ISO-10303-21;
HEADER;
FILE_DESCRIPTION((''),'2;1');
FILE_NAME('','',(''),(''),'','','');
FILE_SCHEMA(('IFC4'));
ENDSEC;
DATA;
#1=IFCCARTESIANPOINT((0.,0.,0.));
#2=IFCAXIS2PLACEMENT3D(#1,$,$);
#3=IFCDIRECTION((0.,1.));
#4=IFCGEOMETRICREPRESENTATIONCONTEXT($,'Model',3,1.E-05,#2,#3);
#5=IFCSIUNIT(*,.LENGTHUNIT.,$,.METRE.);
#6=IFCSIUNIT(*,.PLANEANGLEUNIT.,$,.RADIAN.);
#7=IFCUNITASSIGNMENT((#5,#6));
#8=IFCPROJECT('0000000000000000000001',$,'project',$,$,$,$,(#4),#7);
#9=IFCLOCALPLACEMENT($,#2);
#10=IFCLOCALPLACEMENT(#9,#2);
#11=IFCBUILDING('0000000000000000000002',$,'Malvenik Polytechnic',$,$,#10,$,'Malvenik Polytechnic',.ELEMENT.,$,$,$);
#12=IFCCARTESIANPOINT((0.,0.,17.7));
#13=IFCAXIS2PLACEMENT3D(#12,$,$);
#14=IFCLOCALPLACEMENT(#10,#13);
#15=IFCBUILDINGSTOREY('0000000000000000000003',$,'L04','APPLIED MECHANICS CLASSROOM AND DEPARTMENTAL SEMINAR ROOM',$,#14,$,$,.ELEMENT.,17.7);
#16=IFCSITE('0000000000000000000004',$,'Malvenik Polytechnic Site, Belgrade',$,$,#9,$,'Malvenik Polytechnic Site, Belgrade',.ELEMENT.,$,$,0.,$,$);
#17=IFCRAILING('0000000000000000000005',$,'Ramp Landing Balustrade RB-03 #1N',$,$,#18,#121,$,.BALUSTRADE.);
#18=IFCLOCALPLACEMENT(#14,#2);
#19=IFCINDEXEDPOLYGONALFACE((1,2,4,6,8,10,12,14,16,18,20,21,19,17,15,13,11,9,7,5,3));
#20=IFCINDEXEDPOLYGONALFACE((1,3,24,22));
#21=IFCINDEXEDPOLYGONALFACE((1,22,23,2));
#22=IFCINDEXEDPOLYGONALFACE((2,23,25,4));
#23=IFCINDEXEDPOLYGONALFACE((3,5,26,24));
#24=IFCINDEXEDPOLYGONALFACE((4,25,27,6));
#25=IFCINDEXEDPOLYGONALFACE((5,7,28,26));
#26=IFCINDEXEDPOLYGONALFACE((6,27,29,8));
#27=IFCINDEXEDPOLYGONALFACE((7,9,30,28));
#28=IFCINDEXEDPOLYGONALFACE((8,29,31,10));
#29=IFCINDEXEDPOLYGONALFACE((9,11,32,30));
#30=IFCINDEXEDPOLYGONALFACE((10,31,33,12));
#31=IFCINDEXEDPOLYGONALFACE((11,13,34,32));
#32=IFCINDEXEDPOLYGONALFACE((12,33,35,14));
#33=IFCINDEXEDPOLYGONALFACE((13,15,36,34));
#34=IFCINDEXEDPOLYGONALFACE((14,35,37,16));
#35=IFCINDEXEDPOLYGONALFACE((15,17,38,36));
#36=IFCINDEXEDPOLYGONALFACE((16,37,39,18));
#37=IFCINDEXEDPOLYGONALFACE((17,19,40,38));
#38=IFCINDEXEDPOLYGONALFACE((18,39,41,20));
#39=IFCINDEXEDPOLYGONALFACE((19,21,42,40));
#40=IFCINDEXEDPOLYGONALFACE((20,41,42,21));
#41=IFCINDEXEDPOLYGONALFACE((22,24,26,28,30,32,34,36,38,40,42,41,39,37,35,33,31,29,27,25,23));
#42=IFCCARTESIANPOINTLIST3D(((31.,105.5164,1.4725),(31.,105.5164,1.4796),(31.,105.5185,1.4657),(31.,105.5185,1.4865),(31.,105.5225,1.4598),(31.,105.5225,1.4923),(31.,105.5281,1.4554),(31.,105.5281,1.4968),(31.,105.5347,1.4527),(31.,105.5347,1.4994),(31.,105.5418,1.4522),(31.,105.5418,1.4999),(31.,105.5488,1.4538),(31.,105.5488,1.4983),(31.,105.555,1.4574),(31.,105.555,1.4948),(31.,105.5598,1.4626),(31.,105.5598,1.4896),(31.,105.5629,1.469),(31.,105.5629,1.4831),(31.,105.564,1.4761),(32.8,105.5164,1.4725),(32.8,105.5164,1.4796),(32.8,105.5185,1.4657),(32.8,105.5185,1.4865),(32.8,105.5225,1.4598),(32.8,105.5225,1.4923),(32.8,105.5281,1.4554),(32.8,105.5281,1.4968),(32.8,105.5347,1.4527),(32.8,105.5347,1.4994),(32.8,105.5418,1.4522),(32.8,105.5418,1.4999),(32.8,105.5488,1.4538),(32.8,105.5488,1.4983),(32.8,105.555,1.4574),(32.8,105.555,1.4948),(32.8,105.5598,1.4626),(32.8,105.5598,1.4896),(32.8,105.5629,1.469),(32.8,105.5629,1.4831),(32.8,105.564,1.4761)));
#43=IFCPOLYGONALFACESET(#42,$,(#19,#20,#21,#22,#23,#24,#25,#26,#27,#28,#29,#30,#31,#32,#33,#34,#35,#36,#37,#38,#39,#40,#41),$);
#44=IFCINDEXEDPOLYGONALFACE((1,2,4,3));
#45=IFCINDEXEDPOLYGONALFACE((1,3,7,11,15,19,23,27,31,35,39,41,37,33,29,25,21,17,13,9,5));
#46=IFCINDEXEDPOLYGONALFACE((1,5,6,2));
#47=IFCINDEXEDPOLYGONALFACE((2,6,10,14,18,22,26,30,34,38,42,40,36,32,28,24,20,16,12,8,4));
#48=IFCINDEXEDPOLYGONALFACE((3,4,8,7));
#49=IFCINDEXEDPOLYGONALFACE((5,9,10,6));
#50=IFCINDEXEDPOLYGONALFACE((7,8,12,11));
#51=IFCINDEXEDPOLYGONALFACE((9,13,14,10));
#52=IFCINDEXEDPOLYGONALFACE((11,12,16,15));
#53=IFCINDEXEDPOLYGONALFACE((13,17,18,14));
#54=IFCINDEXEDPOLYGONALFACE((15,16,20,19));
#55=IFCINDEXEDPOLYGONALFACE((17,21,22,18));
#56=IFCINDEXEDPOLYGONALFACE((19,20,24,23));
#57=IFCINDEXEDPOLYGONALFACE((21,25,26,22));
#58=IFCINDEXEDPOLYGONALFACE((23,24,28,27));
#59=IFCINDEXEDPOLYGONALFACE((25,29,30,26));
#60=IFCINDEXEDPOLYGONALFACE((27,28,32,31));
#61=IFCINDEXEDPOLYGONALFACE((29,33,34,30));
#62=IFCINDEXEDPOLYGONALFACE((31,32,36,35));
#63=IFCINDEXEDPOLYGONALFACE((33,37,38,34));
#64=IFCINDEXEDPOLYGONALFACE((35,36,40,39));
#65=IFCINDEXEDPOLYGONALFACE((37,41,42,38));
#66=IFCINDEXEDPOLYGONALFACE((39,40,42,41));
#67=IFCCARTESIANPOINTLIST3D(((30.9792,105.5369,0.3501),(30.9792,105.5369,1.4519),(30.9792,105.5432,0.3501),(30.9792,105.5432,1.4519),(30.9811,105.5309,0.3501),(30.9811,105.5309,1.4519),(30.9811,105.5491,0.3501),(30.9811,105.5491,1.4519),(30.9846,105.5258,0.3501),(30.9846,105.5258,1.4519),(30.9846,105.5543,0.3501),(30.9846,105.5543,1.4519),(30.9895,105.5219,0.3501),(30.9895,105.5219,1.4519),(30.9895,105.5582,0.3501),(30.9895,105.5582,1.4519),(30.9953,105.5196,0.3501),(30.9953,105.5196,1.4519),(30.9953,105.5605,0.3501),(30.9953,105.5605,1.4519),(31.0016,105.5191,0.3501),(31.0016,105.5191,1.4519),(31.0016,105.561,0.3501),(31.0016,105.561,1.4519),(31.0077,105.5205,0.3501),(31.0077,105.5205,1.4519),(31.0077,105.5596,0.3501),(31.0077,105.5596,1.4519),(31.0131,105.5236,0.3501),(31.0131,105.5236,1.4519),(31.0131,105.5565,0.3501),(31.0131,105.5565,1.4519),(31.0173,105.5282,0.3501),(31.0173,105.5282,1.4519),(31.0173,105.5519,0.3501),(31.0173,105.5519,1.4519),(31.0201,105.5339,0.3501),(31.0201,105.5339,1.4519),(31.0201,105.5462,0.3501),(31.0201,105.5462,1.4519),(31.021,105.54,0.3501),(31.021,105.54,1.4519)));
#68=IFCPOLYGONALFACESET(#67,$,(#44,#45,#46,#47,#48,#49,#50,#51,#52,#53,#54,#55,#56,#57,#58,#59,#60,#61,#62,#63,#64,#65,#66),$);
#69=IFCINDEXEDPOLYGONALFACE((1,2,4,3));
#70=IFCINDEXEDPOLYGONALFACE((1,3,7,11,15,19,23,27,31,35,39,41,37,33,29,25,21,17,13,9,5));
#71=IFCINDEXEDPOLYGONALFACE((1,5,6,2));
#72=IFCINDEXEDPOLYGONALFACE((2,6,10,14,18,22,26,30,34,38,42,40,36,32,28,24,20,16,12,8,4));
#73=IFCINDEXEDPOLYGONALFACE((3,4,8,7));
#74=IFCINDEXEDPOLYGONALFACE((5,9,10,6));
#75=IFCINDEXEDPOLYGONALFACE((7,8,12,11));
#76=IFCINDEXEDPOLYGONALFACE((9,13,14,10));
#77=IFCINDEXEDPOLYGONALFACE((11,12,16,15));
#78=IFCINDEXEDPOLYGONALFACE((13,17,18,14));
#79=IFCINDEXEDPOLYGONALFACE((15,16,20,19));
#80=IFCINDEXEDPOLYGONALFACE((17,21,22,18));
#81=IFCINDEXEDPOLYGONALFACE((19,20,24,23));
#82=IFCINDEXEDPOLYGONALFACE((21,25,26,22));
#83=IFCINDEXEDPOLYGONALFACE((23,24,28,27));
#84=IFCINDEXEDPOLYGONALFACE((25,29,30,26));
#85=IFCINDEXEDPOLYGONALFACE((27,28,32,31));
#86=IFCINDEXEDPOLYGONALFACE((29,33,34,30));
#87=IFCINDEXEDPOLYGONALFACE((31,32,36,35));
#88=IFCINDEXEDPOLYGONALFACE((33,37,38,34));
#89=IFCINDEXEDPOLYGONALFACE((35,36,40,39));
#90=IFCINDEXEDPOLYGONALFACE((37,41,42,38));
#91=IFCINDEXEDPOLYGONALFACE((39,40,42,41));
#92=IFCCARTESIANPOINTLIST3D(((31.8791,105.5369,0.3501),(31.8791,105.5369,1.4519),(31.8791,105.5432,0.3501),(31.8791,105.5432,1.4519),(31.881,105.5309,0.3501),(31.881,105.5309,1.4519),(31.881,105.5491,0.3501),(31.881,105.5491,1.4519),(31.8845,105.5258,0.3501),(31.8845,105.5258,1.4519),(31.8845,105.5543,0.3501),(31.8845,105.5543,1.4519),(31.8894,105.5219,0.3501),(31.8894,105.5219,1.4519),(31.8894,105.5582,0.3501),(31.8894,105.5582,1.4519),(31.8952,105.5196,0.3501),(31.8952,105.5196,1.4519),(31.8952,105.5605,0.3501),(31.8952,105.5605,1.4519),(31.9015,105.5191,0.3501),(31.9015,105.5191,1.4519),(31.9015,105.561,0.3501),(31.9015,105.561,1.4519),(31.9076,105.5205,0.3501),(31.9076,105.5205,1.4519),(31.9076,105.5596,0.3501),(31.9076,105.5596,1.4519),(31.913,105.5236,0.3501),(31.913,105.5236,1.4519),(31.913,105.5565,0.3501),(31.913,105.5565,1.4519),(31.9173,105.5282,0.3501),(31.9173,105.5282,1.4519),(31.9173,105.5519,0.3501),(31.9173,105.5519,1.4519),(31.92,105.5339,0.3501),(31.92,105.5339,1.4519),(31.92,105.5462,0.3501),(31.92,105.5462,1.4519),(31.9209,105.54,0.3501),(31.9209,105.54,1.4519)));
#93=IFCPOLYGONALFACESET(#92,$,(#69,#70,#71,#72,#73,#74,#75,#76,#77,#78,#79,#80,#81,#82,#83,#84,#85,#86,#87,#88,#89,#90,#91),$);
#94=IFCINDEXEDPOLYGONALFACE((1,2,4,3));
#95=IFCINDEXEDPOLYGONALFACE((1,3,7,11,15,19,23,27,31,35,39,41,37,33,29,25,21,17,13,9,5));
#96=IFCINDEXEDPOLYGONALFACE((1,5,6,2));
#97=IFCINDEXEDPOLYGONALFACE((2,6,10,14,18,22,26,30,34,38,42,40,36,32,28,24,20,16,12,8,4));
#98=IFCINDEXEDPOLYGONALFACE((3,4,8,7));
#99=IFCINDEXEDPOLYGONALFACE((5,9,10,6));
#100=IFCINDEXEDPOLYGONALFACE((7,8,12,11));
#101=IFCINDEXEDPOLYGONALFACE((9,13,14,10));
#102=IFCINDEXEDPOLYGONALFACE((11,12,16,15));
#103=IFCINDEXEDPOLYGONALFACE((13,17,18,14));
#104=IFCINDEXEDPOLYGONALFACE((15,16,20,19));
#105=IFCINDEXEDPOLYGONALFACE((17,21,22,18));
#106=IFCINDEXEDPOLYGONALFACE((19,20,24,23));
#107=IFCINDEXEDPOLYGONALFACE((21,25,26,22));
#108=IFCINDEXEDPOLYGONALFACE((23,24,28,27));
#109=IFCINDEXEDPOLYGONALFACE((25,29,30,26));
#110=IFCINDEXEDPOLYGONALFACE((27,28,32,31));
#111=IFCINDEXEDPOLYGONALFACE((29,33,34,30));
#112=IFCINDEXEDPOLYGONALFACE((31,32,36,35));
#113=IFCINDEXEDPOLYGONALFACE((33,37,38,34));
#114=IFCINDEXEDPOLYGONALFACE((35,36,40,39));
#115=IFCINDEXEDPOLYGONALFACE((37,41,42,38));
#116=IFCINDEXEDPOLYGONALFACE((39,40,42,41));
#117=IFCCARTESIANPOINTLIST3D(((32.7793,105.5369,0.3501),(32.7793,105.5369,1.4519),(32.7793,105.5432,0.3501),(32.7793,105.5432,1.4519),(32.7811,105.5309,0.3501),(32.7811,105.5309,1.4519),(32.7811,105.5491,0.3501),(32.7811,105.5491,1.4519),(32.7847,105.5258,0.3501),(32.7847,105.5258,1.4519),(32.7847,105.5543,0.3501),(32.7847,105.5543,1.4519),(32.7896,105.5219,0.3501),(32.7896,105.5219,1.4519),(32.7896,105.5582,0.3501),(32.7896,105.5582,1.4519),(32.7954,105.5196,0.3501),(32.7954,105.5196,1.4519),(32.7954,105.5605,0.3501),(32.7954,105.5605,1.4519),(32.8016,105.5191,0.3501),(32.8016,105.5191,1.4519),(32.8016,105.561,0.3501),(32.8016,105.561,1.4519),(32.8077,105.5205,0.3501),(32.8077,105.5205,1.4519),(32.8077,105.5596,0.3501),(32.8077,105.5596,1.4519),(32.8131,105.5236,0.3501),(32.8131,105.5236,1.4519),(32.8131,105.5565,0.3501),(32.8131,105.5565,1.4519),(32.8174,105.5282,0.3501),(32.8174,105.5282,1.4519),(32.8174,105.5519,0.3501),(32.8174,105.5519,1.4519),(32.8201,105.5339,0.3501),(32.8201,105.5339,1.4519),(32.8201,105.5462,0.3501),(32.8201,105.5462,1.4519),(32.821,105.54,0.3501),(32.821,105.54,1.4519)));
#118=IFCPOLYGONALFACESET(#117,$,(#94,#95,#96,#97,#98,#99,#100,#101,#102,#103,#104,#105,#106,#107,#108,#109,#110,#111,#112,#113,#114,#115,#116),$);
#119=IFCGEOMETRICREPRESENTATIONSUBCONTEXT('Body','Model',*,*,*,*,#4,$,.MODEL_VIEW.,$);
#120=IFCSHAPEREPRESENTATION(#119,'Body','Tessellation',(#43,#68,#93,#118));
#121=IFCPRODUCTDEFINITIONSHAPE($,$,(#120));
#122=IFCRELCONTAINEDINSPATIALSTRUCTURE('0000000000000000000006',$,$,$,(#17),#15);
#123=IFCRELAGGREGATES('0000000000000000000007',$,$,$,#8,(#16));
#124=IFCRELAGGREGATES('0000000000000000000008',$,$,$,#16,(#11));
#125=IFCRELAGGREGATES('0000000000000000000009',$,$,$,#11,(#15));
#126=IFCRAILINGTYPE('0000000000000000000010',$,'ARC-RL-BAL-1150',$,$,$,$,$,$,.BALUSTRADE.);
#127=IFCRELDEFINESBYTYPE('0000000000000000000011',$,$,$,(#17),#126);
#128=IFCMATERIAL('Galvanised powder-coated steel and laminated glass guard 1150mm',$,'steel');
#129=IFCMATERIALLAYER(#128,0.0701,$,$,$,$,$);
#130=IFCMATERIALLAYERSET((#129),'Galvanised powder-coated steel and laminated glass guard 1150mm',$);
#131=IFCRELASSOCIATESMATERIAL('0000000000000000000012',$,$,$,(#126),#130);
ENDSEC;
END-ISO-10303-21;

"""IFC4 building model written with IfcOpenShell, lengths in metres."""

from ifc_helpers import new_model, si_unit, direction, frame, origin, origin_2d, place, context, subcontext, project, spatial, circle, extrude, material, layer, layer_set, type_object, element, save


model = new_model("IFC4")

# Units and contexts
model_context = context("Model", 3, precision=1e-05, world=origin(), true_north=direction((0.0, 1.0)))
body_context = subcontext(model_context, "Body", "Model", "MODEL_VIEW")
ifc_project = project(units=[si_unit("LENGTHUNIT", "METRE"), si_unit("PLANEANGLEUNIT", "RADIAN")], contexts=[model_context])

# Site, building, storey
site_placement = place(None, origin())
site = spatial("IfcSite", under=ifc_project, at=site_placement, Name="Malvenik Polytechnic Site, Belgrade", LongName="Malvenik Polytechnic Site, Belgrade", CompositionType="ELEMENT", RefElevation=0.0)
building_placement = place(site_placement, origin())
building = spatial("IfcBuilding", under=site, at=building_placement, Name="Malvenik Polytechnic", LongName="Malvenik Polytechnic", CompositionType="ELEMENT")
storey_placement = place(building_placement, frame((0.0, 0.0, 17.7)))
storey = spatial("IfcBuildingStorey", under=building, at=storey_placement, Name="L04", Description="APPLIED MECHANICS CLASSROOM AND DEPARTMENTAL SEMINAR ROOM", CompositionType="ELEMENT", Elevation=17.7)

# Railing
ifc_material_1 = material(Name="Galvanised powder-coated steel and laminated glass guard 1150mm", Category="steel")
ifc_layer_1 = layer(ifc_material_1, 0.0701)
ifc_layer_set_1 = layer_set([ifc_layer_1], Name="Galvanised powder-coated steel and laminated glass guard 1150mm")
railing_type_1 = type_object("IfcRailingType", Name="ARC-RL-BAL-1150", PredefinedType="BALUSTRADE", material=ifc_layer_set_1)
railing_1_placement = place(storey_placement, frame((31.0, 105.54, 0.3501)))
element("IfcRailing", 1, at=railing_1_placement, inside=storey, type_object=railing_type_1, Name="Ramp Landing Balustrade RB-03 #1N", PredefinedType="BALUSTRADE", context=body_context, shape_type="SweptSolid", body=[
    extrude(circle(Radius=0.0239, at=origin_2d()), frame((0.0, 0.0, 1.126), z_axis=(1.0, 0.0, 0.0), x_axis=(0.0, 1.0, 0.0)), (0.0, 0.0, 1.0), 1.8),
    extrude(circle(Radius=0.021, at=origin_2d()), origin(), (0.0, 0.0, 1.0), 1.1018),
    extrude(circle(Radius=0.021, at=origin_2d()), frame((0.8999, 0.0, 0.0)), (0.0, 0.0, 1.0), 1.1018),
    extrude(circle(Radius=0.021, at=origin_2d()), frame((1.8, 0.0, 0.0)), (0.0, 0.0, 1.0), 1.1018),
])

save(model, "model.ifc")
